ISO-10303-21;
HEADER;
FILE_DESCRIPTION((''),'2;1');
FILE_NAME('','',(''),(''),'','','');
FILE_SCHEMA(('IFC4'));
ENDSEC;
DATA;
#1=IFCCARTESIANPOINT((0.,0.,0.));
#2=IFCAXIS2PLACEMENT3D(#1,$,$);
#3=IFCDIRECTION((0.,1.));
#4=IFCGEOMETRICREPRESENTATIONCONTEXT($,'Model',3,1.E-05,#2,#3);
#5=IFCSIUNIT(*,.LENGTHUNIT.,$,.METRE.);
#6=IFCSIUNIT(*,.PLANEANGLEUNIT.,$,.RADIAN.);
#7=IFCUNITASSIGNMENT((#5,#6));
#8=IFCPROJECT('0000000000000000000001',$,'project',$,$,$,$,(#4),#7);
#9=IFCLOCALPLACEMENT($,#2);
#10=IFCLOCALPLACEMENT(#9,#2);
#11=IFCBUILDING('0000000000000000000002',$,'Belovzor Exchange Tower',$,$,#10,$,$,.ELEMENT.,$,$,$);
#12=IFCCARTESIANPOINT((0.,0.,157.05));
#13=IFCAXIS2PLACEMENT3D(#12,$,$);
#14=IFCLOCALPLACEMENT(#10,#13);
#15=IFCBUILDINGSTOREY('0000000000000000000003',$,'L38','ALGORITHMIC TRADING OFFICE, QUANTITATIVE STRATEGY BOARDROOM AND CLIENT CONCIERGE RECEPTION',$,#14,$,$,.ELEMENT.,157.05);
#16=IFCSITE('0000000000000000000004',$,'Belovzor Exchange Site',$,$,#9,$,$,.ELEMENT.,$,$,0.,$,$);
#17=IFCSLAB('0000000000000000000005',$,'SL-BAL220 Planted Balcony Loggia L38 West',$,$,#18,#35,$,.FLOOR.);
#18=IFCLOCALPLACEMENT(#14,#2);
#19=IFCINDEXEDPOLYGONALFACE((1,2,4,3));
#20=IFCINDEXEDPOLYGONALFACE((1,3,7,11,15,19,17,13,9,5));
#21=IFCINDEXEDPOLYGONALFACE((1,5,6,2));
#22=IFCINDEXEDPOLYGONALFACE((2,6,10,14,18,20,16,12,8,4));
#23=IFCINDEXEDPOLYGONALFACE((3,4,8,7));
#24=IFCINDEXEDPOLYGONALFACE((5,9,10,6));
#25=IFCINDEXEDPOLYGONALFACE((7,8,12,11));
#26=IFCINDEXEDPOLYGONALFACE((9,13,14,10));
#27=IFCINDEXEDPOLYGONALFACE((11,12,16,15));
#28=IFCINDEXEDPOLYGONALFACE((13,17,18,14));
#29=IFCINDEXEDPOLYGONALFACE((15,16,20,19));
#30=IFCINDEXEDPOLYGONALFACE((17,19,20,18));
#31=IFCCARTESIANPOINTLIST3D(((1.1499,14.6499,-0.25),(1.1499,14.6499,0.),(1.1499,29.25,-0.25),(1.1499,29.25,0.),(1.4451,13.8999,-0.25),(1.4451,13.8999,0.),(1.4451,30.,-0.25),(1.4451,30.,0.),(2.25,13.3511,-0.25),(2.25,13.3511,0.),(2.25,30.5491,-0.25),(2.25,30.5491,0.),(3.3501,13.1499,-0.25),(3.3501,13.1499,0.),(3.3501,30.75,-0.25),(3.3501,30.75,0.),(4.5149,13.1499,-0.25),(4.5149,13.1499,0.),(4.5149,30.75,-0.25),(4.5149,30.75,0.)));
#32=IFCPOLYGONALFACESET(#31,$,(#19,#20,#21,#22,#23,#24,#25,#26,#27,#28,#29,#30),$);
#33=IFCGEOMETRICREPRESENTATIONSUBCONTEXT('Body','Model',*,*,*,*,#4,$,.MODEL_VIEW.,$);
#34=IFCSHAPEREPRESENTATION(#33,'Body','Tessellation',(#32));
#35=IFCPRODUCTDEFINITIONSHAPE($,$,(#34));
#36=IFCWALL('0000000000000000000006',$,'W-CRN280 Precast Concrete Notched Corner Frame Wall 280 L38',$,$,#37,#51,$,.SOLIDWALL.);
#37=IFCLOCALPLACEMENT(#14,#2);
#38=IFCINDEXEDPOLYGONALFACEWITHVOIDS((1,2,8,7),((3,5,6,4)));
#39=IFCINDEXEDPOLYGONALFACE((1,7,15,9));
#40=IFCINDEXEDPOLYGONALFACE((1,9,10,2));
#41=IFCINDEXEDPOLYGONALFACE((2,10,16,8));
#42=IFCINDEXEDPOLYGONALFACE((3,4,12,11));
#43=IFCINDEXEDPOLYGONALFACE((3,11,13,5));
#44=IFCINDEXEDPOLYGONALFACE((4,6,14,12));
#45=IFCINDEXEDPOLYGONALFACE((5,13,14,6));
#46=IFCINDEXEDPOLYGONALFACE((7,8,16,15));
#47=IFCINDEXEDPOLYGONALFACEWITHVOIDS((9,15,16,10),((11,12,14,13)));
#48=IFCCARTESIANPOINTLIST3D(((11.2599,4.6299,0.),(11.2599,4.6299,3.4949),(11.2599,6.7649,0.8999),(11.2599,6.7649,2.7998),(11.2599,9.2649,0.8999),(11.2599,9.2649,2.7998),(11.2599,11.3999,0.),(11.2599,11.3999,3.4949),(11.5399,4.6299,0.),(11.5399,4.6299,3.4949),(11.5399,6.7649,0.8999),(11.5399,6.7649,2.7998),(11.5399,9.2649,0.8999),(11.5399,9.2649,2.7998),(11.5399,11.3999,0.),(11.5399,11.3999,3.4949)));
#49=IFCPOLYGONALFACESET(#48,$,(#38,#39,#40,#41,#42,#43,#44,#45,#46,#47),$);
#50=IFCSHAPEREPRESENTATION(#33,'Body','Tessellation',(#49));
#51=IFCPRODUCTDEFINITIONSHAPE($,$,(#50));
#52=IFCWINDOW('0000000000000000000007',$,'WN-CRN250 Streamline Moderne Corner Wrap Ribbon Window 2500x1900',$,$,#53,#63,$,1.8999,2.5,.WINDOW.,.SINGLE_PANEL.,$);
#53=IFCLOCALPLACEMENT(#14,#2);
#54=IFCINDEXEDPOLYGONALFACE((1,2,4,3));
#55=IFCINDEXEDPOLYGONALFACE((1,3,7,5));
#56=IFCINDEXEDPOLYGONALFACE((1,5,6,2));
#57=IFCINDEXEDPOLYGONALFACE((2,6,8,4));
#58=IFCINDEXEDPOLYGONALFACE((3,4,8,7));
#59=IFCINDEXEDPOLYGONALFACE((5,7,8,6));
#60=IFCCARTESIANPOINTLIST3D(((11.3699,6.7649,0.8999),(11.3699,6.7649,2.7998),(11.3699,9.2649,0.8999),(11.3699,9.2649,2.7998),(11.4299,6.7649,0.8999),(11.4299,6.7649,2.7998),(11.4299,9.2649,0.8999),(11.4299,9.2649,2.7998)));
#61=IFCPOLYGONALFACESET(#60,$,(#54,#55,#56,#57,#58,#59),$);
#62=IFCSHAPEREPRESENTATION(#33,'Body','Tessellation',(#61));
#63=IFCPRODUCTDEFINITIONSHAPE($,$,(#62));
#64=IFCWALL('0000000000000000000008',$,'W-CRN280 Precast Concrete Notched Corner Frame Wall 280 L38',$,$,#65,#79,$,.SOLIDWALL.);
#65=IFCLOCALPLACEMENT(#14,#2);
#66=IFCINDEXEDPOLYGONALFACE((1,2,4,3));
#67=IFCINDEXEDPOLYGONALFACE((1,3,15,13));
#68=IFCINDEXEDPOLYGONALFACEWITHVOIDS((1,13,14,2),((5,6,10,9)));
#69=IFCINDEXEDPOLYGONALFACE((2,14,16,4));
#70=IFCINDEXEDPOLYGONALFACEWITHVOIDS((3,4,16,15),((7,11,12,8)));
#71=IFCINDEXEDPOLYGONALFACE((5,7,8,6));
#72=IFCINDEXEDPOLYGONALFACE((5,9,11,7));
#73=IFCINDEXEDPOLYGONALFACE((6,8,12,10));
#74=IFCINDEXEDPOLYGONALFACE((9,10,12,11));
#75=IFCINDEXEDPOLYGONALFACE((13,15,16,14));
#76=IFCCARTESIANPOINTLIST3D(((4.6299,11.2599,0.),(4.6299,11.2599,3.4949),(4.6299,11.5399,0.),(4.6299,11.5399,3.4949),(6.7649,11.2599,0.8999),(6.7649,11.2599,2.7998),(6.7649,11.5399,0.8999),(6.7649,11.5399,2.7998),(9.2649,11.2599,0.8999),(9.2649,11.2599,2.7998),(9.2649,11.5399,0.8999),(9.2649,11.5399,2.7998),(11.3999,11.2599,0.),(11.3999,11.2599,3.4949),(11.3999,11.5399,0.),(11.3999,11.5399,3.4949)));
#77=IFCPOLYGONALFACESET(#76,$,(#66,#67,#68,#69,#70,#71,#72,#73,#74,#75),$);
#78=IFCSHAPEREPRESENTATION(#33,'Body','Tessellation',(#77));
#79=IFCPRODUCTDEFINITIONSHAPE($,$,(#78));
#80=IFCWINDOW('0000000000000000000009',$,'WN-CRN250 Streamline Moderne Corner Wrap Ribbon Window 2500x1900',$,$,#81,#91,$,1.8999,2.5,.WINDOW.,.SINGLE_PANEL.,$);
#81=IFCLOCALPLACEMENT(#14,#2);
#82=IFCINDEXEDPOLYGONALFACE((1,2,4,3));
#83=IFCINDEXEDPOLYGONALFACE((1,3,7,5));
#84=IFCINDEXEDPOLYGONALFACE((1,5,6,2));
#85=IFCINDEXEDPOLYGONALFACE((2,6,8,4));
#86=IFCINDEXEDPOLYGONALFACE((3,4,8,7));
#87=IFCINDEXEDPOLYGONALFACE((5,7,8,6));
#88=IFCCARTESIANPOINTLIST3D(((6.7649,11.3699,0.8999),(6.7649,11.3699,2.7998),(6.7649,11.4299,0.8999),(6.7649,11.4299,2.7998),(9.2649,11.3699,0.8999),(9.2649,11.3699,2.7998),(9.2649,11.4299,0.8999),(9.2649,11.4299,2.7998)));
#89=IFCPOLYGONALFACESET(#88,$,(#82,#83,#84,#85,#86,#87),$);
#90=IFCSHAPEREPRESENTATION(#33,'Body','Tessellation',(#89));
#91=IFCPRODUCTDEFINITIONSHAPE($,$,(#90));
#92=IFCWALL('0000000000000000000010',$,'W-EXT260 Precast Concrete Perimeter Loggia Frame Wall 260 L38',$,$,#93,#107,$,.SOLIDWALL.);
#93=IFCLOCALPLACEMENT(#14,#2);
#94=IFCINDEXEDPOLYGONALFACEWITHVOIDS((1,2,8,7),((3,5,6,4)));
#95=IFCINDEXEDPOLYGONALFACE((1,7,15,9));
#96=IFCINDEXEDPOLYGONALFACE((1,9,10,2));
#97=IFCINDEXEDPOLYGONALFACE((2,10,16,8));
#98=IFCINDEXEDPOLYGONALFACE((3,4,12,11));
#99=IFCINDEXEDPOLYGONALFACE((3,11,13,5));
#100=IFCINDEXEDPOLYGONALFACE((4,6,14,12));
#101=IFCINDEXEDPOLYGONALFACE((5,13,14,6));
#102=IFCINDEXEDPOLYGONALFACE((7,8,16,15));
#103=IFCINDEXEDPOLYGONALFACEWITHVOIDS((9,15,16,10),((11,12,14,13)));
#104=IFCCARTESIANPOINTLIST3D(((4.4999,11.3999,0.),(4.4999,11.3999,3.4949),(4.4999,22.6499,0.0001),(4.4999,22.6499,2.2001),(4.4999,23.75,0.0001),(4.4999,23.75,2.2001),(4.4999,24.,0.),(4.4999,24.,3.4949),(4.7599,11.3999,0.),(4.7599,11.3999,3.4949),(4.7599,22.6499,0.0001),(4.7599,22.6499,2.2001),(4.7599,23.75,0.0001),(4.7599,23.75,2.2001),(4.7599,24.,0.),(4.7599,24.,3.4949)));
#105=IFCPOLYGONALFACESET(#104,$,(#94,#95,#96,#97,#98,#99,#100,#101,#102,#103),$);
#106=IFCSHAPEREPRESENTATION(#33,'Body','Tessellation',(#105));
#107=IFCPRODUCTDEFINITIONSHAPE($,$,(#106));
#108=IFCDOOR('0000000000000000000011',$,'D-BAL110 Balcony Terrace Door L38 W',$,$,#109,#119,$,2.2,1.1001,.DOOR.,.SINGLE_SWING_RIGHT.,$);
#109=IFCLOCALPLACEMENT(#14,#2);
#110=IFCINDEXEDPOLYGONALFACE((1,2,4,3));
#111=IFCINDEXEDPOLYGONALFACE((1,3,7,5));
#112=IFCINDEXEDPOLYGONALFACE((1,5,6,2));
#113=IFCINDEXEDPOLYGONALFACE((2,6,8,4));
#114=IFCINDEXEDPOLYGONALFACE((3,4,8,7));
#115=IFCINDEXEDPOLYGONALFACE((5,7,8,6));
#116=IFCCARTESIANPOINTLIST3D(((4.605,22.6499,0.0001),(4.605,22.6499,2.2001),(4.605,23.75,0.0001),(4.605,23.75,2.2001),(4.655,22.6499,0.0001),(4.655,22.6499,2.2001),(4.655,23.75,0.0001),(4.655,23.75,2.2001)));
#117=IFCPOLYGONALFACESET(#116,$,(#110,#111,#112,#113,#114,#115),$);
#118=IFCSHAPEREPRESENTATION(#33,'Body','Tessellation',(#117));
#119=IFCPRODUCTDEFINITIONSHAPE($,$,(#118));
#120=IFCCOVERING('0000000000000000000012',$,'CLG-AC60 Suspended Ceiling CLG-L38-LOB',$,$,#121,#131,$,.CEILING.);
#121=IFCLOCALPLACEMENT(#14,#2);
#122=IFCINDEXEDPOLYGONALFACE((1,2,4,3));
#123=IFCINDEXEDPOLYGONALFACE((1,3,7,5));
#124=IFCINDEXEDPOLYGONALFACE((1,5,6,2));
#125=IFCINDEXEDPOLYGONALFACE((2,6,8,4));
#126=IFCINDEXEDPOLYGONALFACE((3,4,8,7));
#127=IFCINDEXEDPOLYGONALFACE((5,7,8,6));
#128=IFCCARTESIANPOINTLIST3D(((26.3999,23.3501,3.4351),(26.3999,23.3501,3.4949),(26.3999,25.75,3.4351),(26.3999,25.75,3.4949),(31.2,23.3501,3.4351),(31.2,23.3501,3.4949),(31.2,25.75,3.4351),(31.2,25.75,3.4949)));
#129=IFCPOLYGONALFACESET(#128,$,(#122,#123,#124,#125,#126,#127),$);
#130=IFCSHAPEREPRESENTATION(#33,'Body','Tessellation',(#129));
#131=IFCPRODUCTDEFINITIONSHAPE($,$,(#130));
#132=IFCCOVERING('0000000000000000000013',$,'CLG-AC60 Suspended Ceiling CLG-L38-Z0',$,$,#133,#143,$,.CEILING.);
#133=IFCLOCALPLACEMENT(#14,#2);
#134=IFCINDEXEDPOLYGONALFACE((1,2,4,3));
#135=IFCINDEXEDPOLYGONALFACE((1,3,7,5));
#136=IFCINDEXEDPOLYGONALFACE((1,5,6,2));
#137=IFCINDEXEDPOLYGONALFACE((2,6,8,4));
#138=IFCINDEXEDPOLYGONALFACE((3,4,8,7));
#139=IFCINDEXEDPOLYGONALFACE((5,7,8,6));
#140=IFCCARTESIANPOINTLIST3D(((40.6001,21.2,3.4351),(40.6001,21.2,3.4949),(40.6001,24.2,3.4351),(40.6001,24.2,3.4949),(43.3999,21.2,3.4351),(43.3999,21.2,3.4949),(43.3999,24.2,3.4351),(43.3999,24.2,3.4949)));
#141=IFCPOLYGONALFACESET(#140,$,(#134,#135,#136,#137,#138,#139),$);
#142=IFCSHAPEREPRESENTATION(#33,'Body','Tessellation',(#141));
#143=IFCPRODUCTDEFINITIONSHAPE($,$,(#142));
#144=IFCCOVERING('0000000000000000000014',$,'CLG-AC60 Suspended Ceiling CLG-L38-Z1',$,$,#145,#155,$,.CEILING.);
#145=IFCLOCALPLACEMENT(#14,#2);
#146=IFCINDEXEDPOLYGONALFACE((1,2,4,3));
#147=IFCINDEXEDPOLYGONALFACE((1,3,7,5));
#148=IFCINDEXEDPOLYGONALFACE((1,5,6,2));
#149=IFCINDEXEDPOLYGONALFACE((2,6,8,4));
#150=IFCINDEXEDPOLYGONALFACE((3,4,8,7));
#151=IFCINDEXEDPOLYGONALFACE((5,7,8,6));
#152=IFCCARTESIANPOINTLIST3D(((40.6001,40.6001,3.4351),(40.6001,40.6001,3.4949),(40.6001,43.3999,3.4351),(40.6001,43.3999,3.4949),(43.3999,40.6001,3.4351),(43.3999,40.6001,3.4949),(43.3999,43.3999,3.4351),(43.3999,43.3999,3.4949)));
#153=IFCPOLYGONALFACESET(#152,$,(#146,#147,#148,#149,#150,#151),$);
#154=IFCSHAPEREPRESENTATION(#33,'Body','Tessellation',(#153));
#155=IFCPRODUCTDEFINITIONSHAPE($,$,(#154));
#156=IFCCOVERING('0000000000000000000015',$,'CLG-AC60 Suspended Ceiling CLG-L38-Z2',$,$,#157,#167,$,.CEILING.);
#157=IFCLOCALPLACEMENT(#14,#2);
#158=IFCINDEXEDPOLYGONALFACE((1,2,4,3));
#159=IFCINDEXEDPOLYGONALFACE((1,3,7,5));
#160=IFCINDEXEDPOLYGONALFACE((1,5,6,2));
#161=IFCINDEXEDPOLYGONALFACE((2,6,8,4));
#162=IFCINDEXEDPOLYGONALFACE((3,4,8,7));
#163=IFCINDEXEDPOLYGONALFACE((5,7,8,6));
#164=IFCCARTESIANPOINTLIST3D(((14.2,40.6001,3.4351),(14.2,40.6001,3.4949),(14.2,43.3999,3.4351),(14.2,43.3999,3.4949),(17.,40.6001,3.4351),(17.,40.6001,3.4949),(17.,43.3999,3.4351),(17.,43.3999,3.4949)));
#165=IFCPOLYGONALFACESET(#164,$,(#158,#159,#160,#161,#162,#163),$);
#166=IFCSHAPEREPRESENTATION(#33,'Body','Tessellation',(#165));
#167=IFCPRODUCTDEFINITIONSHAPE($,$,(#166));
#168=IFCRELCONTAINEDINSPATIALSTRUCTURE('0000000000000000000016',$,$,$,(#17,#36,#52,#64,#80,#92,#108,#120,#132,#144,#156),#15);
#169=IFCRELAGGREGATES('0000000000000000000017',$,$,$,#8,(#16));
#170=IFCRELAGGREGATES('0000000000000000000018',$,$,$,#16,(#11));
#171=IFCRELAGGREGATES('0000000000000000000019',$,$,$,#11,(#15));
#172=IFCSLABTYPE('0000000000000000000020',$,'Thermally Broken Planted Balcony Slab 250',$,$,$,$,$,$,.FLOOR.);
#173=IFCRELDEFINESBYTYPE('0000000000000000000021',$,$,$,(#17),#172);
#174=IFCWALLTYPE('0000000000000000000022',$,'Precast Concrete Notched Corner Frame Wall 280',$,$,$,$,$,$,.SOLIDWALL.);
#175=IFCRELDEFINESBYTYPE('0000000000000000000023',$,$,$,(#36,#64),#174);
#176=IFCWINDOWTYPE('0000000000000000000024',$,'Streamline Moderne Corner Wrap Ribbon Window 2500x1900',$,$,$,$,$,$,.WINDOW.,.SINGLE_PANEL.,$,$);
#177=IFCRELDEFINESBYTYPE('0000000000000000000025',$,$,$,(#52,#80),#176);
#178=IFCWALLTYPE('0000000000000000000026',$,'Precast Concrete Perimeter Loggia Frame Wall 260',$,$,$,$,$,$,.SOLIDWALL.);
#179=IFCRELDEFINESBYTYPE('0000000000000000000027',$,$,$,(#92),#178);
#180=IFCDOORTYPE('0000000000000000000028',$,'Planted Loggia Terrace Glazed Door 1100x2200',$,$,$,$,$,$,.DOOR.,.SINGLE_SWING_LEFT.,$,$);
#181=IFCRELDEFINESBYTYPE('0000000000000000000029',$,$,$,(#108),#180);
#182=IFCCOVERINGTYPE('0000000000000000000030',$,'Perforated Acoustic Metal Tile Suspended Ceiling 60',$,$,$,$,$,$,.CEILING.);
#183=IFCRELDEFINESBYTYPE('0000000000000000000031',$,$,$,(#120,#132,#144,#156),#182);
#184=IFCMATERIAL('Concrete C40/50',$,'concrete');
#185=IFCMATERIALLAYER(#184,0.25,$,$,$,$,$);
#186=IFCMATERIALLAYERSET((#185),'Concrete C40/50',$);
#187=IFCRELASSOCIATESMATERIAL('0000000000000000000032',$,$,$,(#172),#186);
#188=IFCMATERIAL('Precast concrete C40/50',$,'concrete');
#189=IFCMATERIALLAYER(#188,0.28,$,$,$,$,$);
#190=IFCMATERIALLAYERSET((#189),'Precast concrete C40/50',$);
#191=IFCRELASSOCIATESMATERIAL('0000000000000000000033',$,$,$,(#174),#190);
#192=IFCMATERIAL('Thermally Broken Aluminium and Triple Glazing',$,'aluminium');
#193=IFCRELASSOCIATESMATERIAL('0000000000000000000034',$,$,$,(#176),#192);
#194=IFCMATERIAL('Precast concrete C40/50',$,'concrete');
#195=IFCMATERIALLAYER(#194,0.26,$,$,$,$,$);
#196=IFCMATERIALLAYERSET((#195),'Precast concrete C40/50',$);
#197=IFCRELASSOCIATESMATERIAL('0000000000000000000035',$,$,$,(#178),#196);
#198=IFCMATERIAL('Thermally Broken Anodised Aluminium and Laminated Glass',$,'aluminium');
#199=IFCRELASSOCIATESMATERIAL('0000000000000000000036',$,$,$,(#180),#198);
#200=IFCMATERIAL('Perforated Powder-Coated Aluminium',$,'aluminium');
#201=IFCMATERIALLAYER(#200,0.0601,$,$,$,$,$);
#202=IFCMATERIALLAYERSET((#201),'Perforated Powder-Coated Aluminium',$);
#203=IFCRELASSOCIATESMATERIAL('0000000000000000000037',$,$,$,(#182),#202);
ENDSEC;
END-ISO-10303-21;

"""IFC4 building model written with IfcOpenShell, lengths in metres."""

from ifc_helpers import new_model, si_unit, direction, frame, frame_2d, origin, place, context, subcontext, project, spatial, polyline, rectangle, outline, extrude, material, layer, layer_set, type_object, element, fill, save


model = new_model("IFC4")

# Units and contexts
model_context = context("Model", 3, precision=1e-05, world=origin(), true_north=direction((0.0, 1.0)))
body_context = subcontext(model_context, "Body", "Model", "MODEL_VIEW")
ifc_project = project(units=[si_unit("LENGTHUNIT", "METRE"), si_unit("PLANEANGLEUNIT", "RADIAN")], contexts=[model_context])

# Site, building, storey
site_placement = place(None, origin())
site = spatial("IfcSite", under=ifc_project, at=site_placement, Name="Belovzor Exchange Site", CompositionType="ELEMENT", RefElevation=0.0)
building_placement = place(site_placement, origin())
building = spatial("IfcBuilding", under=site, at=building_placement, Name="Belovzor Exchange Tower", CompositionType="ELEMENT")
storey_placement = place(building_placement, frame((0.0, 0.0, 157.05)))
storey = spatial("IfcBuildingStorey", under=building, at=storey_placement, Name="L38", Description="ALGORITHMIC TRADING OFFICE, QUANTITATIVE STRATEGY BOARDROOM AND CLIENT CONCIERGE RECEPTION", CompositionType="ELEMENT", Elevation=157.05)

# Slab
ifc_material_1 = material(Name="Concrete C40/50", Category="concrete")
ifc_layer_1 = layer(ifc_material_1, 0.25)
ifc_layer_set_1 = layer_set([ifc_layer_1], Name="Concrete C40/50")
slab_type_1 = type_object("IfcSlabType", Name="Thermally Broken Planted Balcony Slab 250", PredefinedType="FLOOR", material=ifc_layer_set_1)
slab_1_placement = place(storey_placement, frame((0.0, 0.0, -0.25)))
element("IfcSlab", 1, at=slab_1_placement, inside=storey, type_object=slab_type_1, Name="SL-BAL220 Planted Balcony Loggia L38 West", PredefinedType="FLOOR", context=body_context, shape_type="SweptSolid", body=[
    extrude(outline(polyline([(4.5149, 30.75), (3.3501, 30.75), (2.25, 30.5491), (1.4451, 30.0), (1.1499, 29.25), (1.1499, 14.6499), (1.4451, 13.8999), (2.25, 13.3511), (3.3501, 13.1499), (4.5149, 13.1499), (4.5149, 30.75)])), origin(), (0.0, 0.0, 1.0), 0.25),
])

# Walls, openings, windows
ifc_material_2 = material(Name="Precast concrete C40/50", Category="concrete")
ifc_layer_2 = layer(ifc_material_2, 0.28)
ifc_layer_set_2 = layer_set([ifc_layer_2], Name="Precast concrete C40/50")
wall_type_1 = type_object("IfcWallType", Name="Precast Concrete Notched Corner Frame Wall 280", PredefinedType="SOLIDWALL", material=ifc_layer_set_2)
wall_1_placement = place(storey_placement, frame((11.3999, 4.6299, 0.0), z_axis=(0.0, 0.0, 1.0), x_axis=(0.0, 1.0, 0.0)))
wall_1 = element("IfcWall", 2, at=wall_1_placement, inside=storey, type_object=wall_type_1, Name="W-CRN280 Precast Concrete Notched Corner Frame Wall 280 L38", PredefinedType="SOLIDWALL", context=body_context, shape_type="SweptSolid", body=[
    extrude(rectangle(XDim=6.77, YDim=0.28, at=frame_2d((3.385, 0.0))), origin(), (0.0, 0.0, 1.0), 3.4949),
])
opening_1_placement = place(wall_1_placement, frame((2.135, 0.0, 0.8999)))
opening_1 = element("IfcOpeningElement", 3, at=opening_1_placement, cuts=wall_1, PredefinedType="OPENING", context=body_context, shape_type="SweptSolid", body=[
    extrude(rectangle(XDim=2.5, YDim=1.8999, at=frame_2d((1.25, 0.95))), frame((0.0, 0.1499, 0.0), z_axis=(0.0, -1.0, 0.0), x_axis=(1.0, 0.0, 0.0)), (0.0, 0.0, 1.0), 0.3),
])
ifc_material_3 = material(Name="Thermally Broken Aluminium and Triple Glazing", Category="aluminium")
window_type = type_object("IfcWindowType", Name="Streamline Moderne Corner Wrap Ribbon Window 2500x1900", PartitioningType="SINGLE_PANEL", PredefinedType="WINDOW", material=ifc_material_3)
window_1_placement = place(opening_1_placement, origin())
window_1 = element("IfcWindow", 4, at=window_1_placement, inside=storey, type_object=window_type, Name="WN-CRN250 Streamline Moderne Corner Wrap Ribbon Window 2500x1900", OverallHeight=1.8999, OverallWidth=2.5, PartitioningType="SINGLE_PANEL", PredefinedType="WINDOW", context=body_context, shape_type="SweptSolid", body=[
    extrude(rectangle(XDim=2.5, YDim=1.8999, at=frame_2d((1.25, 0.95))), frame((0.0, 0.03, 0.0), z_axis=(0.0, -1.0, 0.0), x_axis=(1.0, 0.0, 0.0)), (0.0, 0.0, 1.0), 0.0601),
])
fill(opening_1, window_1)
wall_2_placement = place(storey_placement, frame((11.3999, 11.3999, 0.0), z_axis=(0.0, 0.0, 1.0), x_axis=(-1.0, 0.0, 0.0)))
wall_2 = element("IfcWall", 5, at=wall_2_placement, inside=storey, type_object=wall_type_1, Name="W-CRN280 Precast Concrete Notched Corner Frame Wall 280 L38", PredefinedType="SOLIDWALL", context=body_context, shape_type="SweptSolid", body=[
    extrude(rectangle(XDim=6.77, YDim=0.28, at=frame_2d((3.385, 0.0))), origin(), (0.0, 0.0, 1.0), 3.4949),
])
opening_2_placement = place(wall_2_placement, frame((2.135, 0.0, 0.8999)))
opening_2 = element("IfcOpeningElement", 6, at=opening_2_placement, cuts=wall_2, PredefinedType="OPENING", context=body_context, shape_type="SweptSolid", body=[
    extrude(rectangle(XDim=2.5, YDim=1.8999, at=frame_2d((1.25, 0.95))), frame((0.0, 0.1499, 0.0), z_axis=(0.0, -1.0, 0.0), x_axis=(1.0, 0.0, 0.0)), (0.0, 0.0, 1.0), 0.3),
])
window_2_placement = place(opening_2_placement, origin())
window_2 = element("IfcWindow", 7, at=window_2_placement, inside=storey, type_object=window_type, Name="WN-CRN250 Streamline Moderne Corner Wrap Ribbon Window 2500x1900", OverallHeight=1.8999, OverallWidth=2.5, PartitioningType="SINGLE_PANEL", PredefinedType="WINDOW", context=body_context, shape_type="SweptSolid", body=[
    extrude(rectangle(XDim=2.5, YDim=1.8999, at=frame_2d((1.25, 0.95))), frame((0.0, 0.03, 0.0), z_axis=(0.0, -1.0, 0.0), x_axis=(1.0, 0.0, 0.0)), (0.0, 0.0, 1.0), 0.0601),
])
fill(opening_2, window_2)

# Wall, opening, door
ifc_material_4 = material(Name="Precast concrete C40/50", Category="concrete")
ifc_layer_3 = layer(ifc_material_4, 0.26)
ifc_layer_set_3 = layer_set([ifc_layer_3], Name="Precast concrete C40/50")
wall_type_2 = type_object("IfcWallType", Name="Precast Concrete Perimeter Loggia Frame Wall 260", PredefinedType="SOLIDWALL", material=ifc_layer_set_3)
wall_3_placement = place(storey_placement, frame((4.6299, 11.3999, 0.0), z_axis=(0.0, 0.0, 1.0), x_axis=(0.0, 1.0, 0.0)))
wall_3 = element("IfcWall", 8, at=wall_3_placement, inside=storey, type_object=wall_type_2, Name="W-EXT260 Precast Concrete Perimeter Loggia Frame Wall 260 L38", PredefinedType="SOLIDWALL", context=body_context, shape_type="SweptSolid", body=[
    extrude(rectangle(XDim=12.6001, YDim=0.26, at=frame_2d((6.3, 0.0))), origin(), (0.0, 0.0, 1.0), 3.4949),
])
opening_3_placement = place(wall_3_placement, frame((11.25, 0.0, 0.0)))
opening_3 = element("IfcOpeningElement", 9, at=opening_3_placement, cuts=wall_3, PredefinedType="OPENING", context=body_context, shape_type="SweptSolid", body=[
    extrude(rectangle(XDim=1.1001, YDim=2.2, at=frame_2d((0.55, 1.1001))), frame((0.0, 0.1399, 0.0), z_axis=(0.0, -1.0, 0.0), x_axis=(1.0, 0.0, 0.0)), (0.0, 0.0, 1.0), 0.28),
])
ifc_material_5 = material(Name="Thermally Broken Anodised Aluminium and Laminated Glass", Category="aluminium")
door_type = type_object("IfcDoorType", Name="Planted Loggia Terrace Glazed Door 1100x2200", OperationType="SINGLE_SWING_LEFT", PredefinedType="DOOR", material=ifc_material_5)
door_placement = place(opening_3_placement, origin())
door = element("IfcDoor", 10, at=door_placement, inside=storey, type_object=door_type, Name="D-BAL110 Balcony Terrace Door L38 W", OperationType="SINGLE_SWING_RIGHT", OverallHeight=2.2, OverallWidth=1.1001, PredefinedType="DOOR", context=body_context, shape_type="SweptSolid", body=[
    extrude(rectangle(XDim=1.1001, YDim=2.2, at=frame_2d((0.55, 1.1001))), frame((0.0, 0.0249, 0.0), z_axis=(0.0, -1.0, 0.0), x_axis=(1.0, 0.0, 0.0)), (0.0, 0.0, 1.0), 0.05),
])
fill(opening_3, door)

# Coverings
ifc_material_6 = material(Name="Perforated Powder-Coated Aluminium", Category="aluminium")
ifc_layer_4 = layer(ifc_material_6, 0.0601)
ifc_layer_set_4 = layer_set([ifc_layer_4], Name="Perforated Powder-Coated Aluminium")
covering_type_1 = type_object("IfcCoveringType", Name="Perforated Acoustic Metal Tile Suspended Ceiling 60", PredefinedType="CEILING", material=ifc_layer_set_4)
covering_1_placement = place(storey_placement, frame((0.0, 0.0, 3.4351)))
element("IfcCovering", 11, at=covering_1_placement, inside=storey, type_object=covering_type_1, Name="CLG-AC60 Suspended Ceiling CLG-L38-LOB", PredefinedType="CEILING", context=body_context, shape_type="SweptSolid", body=[
    extrude(outline(polyline([(26.3999, 23.3501), (31.2, 23.3501), (31.2, 25.75), (26.3999, 25.75), (26.3999, 23.3501)])), origin(), (0.0, 0.0, 1.0), 0.0598),
])
covering_2_placement = place(storey_placement, frame((0.0, 0.0, 3.4351)))
element("IfcCovering", 12, at=covering_2_placement, inside=storey, type_object=covering_type_1, Name="CLG-AC60 Suspended Ceiling CLG-L38-Z0", PredefinedType="CEILING", context=body_context, shape_type="SweptSolid", body=[
    extrude(outline(polyline([(40.6001, 21.2), (43.3999, 21.2), (43.3999, 24.2), (40.6001, 24.2), (40.6001, 21.2)])), origin(), (0.0, 0.0, 1.0), 0.0598),
])
covering_3_placement = place(storey_placement, frame((0.0, 0.0, 3.4351)))
element("IfcCovering", 13, at=covering_3_placement, inside=storey, type_object=covering_type_1, Name="CLG-AC60 Suspended Ceiling CLG-L38-Z1", PredefinedType="CEILING", context=body_context, shape_type="SweptSolid", body=[
    extrude(outline(polyline([(40.6001, 40.6001), (43.3999, 40.6001), (43.3999, 43.3999), (40.6001, 43.3999), (40.6001, 40.6001)])), origin(), (0.0, 0.0, 1.0), 0.0598),
])
covering_4_placement = place(storey_placement, frame((0.0, 0.0, 3.4351)))
element("IfcCovering", 14, at=covering_4_placement, inside=storey, type_object=covering_type_1, Name="CLG-AC60 Suspended Ceiling CLG-L38-Z2", PredefinedType="CEILING", context=body_context, shape_type="SweptSolid", body=[
    extrude(outline(polyline([(14.2, 40.6001), (17.0, 40.6001), (17.0, 43.3999), (14.2, 43.3999), (14.2, 40.6001)])), origin(), (0.0, 0.0, 1.0), 0.0598),
])

save(model, "model.ifc")
